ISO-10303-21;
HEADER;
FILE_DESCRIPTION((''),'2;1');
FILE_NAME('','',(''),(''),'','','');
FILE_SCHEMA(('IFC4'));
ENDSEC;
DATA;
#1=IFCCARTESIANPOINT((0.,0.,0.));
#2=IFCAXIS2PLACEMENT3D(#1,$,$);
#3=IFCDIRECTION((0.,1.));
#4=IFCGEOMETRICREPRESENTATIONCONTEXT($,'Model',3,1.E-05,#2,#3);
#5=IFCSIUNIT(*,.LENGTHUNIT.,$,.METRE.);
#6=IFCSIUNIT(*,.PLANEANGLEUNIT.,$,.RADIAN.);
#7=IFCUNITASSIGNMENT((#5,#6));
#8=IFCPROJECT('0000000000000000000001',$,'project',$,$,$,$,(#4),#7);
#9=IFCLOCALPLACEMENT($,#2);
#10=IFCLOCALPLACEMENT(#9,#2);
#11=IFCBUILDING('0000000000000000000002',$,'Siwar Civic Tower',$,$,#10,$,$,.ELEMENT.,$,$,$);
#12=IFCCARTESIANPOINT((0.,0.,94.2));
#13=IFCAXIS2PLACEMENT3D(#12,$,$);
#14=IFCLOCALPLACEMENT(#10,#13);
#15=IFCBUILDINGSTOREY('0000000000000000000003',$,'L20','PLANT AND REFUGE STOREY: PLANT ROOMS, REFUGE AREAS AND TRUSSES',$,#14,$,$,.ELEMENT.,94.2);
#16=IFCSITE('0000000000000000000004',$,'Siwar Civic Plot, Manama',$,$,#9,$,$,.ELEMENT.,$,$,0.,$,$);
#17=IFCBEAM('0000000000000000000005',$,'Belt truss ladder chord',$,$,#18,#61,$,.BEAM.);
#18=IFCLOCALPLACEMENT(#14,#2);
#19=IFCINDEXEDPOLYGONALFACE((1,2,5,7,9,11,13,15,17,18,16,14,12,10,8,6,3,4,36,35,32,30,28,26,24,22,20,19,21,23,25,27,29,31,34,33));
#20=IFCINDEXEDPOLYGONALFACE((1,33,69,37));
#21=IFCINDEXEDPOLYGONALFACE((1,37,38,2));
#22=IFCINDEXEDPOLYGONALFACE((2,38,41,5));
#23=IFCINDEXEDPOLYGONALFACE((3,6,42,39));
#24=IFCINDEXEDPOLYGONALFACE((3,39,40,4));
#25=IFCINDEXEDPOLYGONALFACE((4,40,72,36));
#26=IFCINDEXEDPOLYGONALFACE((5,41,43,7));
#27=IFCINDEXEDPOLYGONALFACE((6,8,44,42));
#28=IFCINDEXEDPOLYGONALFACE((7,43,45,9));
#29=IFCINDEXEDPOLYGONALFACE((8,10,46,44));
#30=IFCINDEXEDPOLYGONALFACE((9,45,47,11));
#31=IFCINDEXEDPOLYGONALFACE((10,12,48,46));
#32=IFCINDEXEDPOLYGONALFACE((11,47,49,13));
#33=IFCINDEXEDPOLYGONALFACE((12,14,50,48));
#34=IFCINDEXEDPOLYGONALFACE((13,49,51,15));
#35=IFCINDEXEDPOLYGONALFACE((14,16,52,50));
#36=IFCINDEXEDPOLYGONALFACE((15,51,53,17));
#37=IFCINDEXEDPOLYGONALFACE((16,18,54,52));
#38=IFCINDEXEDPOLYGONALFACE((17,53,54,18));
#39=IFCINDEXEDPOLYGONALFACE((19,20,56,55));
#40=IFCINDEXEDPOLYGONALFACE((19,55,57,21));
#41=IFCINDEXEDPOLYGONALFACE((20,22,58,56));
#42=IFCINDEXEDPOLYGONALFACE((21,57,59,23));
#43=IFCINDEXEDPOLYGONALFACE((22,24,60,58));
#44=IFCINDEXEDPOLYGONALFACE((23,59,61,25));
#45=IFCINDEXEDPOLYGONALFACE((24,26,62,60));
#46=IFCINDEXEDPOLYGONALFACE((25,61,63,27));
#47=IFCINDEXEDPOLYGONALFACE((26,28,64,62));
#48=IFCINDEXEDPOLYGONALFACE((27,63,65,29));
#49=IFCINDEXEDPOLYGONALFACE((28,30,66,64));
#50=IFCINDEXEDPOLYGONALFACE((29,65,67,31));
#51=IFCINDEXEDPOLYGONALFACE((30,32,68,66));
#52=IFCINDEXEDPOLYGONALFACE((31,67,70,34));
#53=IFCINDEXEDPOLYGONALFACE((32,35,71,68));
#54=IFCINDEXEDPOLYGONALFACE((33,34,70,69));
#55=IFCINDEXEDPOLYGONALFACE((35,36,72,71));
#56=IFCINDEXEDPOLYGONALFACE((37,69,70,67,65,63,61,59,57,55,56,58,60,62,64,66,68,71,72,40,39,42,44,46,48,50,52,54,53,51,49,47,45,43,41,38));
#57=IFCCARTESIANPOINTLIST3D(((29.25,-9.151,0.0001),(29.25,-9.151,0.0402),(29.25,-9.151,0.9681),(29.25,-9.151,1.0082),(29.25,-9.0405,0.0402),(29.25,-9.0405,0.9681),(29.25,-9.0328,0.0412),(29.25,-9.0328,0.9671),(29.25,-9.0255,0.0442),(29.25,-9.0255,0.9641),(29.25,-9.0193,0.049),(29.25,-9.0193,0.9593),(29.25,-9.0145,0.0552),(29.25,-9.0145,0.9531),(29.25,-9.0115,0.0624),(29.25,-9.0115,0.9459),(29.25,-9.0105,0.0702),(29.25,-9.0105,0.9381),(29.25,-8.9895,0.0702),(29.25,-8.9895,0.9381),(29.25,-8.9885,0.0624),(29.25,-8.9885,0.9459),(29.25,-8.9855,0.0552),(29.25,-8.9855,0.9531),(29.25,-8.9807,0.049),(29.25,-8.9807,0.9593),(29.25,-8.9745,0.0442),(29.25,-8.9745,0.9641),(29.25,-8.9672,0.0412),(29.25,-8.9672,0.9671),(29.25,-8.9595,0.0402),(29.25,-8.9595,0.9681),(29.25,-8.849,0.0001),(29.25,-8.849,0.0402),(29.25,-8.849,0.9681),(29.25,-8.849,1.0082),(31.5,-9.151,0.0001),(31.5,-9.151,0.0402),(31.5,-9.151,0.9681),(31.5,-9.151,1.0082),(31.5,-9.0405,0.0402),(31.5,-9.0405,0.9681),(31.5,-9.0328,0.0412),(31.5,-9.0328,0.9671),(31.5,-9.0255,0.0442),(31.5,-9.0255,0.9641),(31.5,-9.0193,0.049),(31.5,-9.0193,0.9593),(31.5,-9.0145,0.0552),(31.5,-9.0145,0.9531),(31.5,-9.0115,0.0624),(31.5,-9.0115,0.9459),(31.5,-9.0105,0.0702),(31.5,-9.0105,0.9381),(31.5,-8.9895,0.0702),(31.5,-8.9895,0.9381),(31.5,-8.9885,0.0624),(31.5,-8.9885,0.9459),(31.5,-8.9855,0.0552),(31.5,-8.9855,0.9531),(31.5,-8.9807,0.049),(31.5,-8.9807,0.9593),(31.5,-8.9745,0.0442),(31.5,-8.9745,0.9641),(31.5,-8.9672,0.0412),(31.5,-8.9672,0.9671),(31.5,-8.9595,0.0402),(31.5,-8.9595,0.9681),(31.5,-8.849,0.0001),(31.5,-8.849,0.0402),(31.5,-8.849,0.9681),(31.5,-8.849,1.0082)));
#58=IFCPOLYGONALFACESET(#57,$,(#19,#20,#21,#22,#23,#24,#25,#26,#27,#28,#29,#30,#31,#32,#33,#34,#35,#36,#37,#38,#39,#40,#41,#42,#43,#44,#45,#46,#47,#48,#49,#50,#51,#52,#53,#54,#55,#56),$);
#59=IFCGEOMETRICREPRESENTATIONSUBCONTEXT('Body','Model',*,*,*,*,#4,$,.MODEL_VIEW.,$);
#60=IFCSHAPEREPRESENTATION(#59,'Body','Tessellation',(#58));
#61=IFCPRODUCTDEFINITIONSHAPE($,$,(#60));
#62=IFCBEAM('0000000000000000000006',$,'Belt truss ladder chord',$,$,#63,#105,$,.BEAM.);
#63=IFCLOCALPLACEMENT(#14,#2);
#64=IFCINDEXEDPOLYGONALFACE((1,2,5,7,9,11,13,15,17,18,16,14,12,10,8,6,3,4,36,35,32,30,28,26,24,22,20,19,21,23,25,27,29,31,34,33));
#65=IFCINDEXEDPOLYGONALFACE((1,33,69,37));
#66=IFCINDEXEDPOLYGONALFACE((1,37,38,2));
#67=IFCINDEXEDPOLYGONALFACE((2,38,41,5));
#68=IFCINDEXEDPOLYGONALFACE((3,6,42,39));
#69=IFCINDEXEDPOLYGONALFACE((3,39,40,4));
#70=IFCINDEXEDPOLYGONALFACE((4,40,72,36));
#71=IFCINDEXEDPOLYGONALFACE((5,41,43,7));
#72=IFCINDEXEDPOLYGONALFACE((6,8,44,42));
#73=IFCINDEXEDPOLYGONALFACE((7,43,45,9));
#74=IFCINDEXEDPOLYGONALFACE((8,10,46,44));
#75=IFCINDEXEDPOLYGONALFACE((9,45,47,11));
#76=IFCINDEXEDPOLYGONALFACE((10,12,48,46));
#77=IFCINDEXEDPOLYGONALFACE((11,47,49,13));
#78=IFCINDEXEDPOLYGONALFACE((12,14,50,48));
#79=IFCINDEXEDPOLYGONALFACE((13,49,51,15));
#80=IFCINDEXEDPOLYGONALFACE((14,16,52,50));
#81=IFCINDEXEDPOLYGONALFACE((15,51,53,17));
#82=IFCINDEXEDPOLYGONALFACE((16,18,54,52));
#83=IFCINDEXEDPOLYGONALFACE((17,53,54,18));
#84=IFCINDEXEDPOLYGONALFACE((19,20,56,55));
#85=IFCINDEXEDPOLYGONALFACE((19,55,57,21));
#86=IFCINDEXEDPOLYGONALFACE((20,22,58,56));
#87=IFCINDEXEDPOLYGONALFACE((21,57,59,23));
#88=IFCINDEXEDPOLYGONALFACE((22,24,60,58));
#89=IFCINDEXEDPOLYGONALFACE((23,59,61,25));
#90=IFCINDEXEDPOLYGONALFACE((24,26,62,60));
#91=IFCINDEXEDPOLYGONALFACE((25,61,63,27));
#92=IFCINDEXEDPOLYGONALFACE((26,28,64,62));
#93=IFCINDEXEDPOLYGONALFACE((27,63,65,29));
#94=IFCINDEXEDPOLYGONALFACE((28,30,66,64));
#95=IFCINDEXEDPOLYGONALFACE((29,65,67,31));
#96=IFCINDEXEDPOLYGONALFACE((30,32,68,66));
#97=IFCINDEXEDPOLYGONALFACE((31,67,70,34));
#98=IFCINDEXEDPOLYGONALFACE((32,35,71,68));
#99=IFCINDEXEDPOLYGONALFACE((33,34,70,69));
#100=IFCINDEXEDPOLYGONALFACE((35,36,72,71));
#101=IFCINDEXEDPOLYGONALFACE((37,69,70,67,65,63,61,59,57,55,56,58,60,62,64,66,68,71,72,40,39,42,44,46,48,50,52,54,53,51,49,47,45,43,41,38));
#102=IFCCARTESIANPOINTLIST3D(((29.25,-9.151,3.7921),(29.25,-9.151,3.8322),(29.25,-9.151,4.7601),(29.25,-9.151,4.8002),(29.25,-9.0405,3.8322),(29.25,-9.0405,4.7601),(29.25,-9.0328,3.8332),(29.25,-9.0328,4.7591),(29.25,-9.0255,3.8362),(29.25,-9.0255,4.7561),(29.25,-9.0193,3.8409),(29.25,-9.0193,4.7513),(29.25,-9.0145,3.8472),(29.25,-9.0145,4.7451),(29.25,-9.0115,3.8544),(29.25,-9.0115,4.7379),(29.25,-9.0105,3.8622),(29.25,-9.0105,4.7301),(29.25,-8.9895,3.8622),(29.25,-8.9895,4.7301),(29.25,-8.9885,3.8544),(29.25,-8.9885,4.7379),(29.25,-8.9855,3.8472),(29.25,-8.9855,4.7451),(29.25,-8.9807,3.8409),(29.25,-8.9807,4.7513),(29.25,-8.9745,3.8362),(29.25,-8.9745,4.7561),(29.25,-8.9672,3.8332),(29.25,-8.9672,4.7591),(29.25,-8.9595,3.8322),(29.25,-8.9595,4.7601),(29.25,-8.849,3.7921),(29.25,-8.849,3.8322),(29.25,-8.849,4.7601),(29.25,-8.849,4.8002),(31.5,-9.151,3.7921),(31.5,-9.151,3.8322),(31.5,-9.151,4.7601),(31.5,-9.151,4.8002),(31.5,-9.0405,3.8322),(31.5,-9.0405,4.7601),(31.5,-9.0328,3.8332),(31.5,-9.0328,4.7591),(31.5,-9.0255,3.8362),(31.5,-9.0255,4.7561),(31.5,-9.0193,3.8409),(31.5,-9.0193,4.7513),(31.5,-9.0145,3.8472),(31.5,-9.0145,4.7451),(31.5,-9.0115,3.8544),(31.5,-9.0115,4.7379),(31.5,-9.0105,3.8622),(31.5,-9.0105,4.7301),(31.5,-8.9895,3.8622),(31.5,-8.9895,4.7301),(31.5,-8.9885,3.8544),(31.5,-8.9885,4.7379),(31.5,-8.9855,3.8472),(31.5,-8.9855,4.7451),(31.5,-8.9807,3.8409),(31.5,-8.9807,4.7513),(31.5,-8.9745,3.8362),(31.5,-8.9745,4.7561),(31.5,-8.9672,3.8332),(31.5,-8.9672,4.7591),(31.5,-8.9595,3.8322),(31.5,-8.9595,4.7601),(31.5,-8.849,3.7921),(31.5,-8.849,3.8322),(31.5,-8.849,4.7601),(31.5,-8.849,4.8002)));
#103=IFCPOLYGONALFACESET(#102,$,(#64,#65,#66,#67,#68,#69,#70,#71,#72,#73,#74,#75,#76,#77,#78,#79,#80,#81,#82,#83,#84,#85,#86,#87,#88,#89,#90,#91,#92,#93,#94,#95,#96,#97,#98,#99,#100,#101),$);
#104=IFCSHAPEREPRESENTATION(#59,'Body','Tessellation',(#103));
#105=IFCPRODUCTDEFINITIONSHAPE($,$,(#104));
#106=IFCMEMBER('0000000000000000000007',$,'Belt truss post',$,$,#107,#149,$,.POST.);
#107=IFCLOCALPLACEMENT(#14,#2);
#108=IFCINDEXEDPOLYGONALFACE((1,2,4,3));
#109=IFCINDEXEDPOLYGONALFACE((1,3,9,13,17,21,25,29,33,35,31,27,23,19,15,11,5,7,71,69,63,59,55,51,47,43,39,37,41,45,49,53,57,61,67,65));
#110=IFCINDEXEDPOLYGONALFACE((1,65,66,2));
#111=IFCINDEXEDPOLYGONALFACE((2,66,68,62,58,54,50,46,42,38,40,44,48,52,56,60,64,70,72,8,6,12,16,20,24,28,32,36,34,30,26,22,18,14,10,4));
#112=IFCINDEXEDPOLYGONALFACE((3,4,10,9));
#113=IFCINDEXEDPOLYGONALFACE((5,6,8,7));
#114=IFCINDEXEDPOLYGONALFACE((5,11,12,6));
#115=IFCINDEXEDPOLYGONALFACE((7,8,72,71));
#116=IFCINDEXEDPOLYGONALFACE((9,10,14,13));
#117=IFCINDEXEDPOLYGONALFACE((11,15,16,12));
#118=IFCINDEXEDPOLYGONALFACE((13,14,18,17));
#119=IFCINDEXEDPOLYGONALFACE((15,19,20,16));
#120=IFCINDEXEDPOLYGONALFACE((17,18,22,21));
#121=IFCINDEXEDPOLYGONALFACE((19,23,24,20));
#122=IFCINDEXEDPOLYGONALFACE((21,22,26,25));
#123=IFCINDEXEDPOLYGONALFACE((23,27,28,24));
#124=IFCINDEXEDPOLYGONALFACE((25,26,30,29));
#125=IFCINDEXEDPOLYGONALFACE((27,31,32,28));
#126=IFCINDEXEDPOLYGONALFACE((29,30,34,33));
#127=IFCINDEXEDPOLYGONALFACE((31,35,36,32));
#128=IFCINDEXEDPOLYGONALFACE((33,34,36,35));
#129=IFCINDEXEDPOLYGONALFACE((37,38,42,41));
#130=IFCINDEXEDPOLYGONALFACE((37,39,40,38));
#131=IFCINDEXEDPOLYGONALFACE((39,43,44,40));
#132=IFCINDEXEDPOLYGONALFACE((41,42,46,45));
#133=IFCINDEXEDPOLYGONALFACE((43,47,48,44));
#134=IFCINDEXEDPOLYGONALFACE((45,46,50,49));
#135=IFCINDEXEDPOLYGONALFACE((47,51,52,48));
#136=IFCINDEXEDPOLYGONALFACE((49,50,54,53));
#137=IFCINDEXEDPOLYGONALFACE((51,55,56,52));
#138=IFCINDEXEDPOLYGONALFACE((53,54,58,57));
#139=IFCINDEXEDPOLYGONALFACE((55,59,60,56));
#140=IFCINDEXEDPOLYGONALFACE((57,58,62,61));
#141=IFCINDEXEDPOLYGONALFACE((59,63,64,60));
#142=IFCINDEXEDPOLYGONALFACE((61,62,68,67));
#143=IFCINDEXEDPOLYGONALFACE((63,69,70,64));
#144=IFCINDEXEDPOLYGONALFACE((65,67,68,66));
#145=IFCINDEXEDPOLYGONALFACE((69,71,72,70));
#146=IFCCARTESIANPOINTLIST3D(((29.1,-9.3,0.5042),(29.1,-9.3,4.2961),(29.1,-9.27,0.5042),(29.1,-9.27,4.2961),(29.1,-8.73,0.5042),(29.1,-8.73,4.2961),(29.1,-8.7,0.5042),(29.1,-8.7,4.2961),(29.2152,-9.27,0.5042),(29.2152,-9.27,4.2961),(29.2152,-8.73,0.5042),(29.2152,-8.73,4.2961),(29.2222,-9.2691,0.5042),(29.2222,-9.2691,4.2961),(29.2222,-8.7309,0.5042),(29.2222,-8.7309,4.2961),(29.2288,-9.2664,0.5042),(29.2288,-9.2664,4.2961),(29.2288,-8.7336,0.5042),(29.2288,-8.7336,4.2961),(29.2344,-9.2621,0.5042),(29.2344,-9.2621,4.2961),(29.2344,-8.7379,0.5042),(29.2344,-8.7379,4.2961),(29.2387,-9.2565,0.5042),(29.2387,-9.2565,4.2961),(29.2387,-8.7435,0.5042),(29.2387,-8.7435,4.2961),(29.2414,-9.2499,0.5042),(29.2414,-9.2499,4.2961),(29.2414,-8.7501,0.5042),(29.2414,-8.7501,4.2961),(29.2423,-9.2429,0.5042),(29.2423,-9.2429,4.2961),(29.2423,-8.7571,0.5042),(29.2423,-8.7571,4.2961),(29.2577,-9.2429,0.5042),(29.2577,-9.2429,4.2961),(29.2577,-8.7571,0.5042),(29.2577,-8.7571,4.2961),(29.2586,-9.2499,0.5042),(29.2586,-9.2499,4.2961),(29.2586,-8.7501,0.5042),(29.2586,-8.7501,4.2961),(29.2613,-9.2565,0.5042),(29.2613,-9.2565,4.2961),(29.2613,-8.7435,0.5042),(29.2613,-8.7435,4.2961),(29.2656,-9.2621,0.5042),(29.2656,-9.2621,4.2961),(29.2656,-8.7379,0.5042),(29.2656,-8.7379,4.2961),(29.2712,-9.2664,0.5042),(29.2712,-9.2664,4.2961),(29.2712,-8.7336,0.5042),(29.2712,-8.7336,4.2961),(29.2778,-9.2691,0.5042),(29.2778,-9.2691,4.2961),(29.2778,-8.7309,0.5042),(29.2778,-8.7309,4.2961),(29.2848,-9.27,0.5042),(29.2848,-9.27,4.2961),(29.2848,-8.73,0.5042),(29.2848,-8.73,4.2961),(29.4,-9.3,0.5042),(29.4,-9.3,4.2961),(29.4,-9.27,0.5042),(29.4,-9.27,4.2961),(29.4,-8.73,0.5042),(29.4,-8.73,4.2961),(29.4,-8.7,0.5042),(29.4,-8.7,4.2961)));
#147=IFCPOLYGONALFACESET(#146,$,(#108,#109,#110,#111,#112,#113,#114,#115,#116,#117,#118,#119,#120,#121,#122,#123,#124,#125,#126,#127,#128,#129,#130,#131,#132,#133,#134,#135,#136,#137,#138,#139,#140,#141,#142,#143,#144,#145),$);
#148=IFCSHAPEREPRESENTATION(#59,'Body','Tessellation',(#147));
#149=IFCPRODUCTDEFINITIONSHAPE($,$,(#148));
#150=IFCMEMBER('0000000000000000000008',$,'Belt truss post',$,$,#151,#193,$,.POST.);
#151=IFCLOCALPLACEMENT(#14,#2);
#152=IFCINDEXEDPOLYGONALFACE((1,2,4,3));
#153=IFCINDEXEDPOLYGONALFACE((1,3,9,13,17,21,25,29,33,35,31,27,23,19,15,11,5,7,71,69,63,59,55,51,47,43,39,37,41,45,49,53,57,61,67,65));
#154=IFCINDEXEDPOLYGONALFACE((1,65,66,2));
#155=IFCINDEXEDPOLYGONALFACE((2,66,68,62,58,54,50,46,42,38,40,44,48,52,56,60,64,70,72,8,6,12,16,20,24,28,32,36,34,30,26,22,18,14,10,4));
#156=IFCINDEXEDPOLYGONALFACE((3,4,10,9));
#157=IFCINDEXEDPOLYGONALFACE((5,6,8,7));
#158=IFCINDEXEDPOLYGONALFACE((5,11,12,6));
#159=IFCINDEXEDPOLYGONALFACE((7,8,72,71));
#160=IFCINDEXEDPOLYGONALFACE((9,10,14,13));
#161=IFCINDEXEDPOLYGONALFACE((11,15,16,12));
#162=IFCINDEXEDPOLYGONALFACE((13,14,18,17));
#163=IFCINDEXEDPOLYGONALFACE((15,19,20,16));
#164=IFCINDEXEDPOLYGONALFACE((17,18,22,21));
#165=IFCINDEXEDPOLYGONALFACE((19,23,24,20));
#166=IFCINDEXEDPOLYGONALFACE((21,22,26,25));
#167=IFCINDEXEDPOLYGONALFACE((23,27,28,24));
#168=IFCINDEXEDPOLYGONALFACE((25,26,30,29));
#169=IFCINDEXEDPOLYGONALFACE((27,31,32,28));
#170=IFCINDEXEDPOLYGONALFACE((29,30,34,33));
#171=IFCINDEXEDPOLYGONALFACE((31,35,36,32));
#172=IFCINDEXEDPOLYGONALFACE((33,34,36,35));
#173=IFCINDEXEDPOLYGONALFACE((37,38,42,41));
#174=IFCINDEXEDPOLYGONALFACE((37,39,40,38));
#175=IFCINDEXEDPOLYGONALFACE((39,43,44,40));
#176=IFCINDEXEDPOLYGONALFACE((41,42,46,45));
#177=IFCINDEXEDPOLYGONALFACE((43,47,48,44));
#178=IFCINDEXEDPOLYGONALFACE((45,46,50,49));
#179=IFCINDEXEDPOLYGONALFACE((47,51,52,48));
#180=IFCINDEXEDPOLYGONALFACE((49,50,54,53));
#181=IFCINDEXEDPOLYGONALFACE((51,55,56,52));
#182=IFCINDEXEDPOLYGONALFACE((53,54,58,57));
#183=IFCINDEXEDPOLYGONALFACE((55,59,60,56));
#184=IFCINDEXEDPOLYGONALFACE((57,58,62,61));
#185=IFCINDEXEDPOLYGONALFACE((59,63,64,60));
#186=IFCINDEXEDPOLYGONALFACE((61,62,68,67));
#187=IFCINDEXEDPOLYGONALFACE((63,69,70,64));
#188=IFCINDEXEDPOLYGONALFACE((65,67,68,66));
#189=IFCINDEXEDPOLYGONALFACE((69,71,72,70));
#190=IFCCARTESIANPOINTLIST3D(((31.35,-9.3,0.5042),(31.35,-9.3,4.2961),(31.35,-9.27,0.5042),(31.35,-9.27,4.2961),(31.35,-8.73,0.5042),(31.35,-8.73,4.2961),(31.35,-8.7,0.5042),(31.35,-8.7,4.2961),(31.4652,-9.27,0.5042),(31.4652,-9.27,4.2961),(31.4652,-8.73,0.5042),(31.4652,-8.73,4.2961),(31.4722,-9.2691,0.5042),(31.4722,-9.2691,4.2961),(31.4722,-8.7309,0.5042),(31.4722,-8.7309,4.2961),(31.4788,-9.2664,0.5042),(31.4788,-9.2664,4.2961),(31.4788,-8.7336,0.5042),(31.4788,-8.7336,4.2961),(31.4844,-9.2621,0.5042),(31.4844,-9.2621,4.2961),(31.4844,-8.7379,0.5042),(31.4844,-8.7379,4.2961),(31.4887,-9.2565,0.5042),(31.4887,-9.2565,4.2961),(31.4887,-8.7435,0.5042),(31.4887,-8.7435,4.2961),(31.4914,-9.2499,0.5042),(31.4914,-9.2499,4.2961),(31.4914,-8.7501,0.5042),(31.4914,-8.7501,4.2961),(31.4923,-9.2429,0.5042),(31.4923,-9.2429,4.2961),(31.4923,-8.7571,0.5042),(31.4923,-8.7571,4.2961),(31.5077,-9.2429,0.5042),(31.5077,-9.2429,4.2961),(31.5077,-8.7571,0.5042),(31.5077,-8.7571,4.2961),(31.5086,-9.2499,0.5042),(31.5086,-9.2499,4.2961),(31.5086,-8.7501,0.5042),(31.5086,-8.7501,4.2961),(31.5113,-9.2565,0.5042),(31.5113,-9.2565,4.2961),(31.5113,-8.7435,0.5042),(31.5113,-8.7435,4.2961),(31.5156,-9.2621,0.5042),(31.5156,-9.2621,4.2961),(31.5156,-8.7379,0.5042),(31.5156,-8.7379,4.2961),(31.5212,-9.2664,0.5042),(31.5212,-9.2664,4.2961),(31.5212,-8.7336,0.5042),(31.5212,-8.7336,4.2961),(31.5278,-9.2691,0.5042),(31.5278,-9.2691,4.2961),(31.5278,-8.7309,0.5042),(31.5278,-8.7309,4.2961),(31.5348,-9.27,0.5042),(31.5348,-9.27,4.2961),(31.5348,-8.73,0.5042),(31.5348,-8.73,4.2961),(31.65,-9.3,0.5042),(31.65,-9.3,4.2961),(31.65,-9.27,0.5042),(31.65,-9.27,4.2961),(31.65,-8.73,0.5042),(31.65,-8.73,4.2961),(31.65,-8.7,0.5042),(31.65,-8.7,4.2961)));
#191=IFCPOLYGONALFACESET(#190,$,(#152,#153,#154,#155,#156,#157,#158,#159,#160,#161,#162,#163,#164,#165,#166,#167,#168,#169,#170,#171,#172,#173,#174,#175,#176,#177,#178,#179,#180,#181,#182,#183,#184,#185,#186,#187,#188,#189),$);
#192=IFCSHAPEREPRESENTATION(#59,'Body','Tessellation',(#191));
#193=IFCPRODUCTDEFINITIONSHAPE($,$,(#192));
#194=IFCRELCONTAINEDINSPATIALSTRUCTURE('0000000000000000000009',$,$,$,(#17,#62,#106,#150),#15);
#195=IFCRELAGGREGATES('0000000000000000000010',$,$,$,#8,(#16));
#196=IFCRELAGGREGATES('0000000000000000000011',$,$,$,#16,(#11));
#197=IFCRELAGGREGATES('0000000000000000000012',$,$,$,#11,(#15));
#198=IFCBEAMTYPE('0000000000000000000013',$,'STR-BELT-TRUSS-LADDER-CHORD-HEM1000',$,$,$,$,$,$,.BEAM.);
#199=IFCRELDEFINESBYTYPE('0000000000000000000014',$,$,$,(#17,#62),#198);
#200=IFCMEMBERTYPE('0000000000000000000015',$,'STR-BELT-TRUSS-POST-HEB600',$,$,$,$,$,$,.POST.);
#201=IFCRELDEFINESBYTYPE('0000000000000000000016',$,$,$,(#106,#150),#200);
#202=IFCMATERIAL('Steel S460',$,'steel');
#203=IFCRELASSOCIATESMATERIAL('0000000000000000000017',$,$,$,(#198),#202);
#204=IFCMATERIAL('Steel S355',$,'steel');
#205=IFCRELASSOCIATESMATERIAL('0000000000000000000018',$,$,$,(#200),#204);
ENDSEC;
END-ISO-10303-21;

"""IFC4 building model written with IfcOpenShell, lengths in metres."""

from ifc_helpers import new_model, si_unit, direction, frame, origin, origin_2d, place, context, subcontext, project, spatial, i_section, extrude, material, material_profile, profile_set, type_object, element, save


model = new_model("IFC4")

# Units and contexts
model_context = context("Model", 3, precision=1e-05, world=origin(), true_north=direction((0.0, 1.0)))
body_context = subcontext(model_context, "Body", "Model", "MODEL_VIEW")
ifc_project = project(units=[si_unit("LENGTHUNIT", "METRE"), si_unit("PLANEANGLEUNIT", "RADIAN")], contexts=[model_context])

# Site, building, storey
site_placement = place(None, origin())
site = spatial("IfcSite", under=ifc_project, at=site_placement, Name="Siwar Civic Plot, Manama", CompositionType="ELEMENT", RefElevation=0.0)
building_placement = place(site_placement, origin())
building = spatial("IfcBuilding", under=site, at=building_placement, Name="Siwar Civic Tower", CompositionType="ELEMENT")
storey_placement = place(building_placement, frame((0.0, 0.0, 94.2)))
storey = spatial("IfcBuildingStorey", under=building, at=storey_placement, Name="L20", Description="PLANT AND REFUGE STOREY: PLANT ROOMS, REFUGE AREAS AND TRUSSES", CompositionType="ELEMENT", Elevation=94.2)

# Beams
ifc_material_1 = material(Name="Steel S460", Category="steel")
ifc_material_profile_1 = material_profile(ifc_material_1, i_section(OverallWidth=0.302, OverallDepth=1.0081, WebThickness=0.021, FlangeThickness=0.04, FilletRadius=0.03, at=origin_2d()), Name="HEM1000")
ifc_profile_set_1 = profile_set([ifc_material_profile_1], Name="Steel S460")
beam_type_1 = type_object("IfcBeamType", Name="STR-BELT-TRUSS-LADDER-CHORD-HEM1000", PredefinedType="BEAM", material=ifc_profile_set_1)
for number, where, z_axis, x_axis, name in (
    (1, (29.25, -9.0, 0.5042), (1.0, 0.0, 0.0), (0.0, 1.0, 0.0), "Belt truss ladder chord"),
    (2, (29.25, -9.0, 4.2961), (1.0, 0.0, 0.0), (0.0, 1.0, 0.0), "Belt truss ladder chord"),
):
    element("IfcBeam", number, at=place(storey_placement, frame(where, z_axis=z_axis, x_axis=x_axis)), inside=storey, type_object=beam_type_1, Name=name, PredefinedType="BEAM", context=body_context, shape_type="SweptSolid", body=[
        extrude(i_section(OverallWidth=0.302, OverallDepth=1.0081, WebThickness=0.021, FlangeThickness=0.04, FilletRadius=0.03, at=origin_2d()), origin(), (0.0, 0.0, 1.0), 2.25),
    ])

# Members
ifc_material_2 = material(Name="Steel S355", Category="steel")
ifc_material_profile_2 = material_profile(ifc_material_2, i_section(OverallWidth=0.3, OverallDepth=0.6001, WebThickness=0.0154, FlangeThickness=0.03, FilletRadius=0.0271, at=origin_2d()), Name="HEB600")
ifc_profile_set_2 = profile_set([ifc_material_profile_2], Name="Steel S355")
member_type_1 = type_object("IfcMemberType", Name="STR-BELT-TRUSS-POST-HEB600", PredefinedType="POST", material=ifc_profile_set_2)
for number, where, z_axis, x_axis, name in (
    (3, (29.25, -9.0, 0.5042), (0.0, 0.0, 1.0), (1.0, 0.0, 0.0), "Belt truss post"),
    (4, (31.5, -9.0, 0.5042), (0.0, 0.0, 1.0), (1.0, 0.0, 0.0), "Belt truss post"),
):
    element("IfcMember", number, at=place(storey_placement, frame(where, z_axis=z_axis, x_axis=x_axis)), inside=storey, type_object=member_type_1, Name=name, PredefinedType="POST", context=body_context, shape_type="SweptSolid", body=[
        extrude(i_section(OverallWidth=0.3, OverallDepth=0.6001, WebThickness=0.0154, FlangeThickness=0.03, FilletRadius=0.0271, at=origin_2d()), origin(), (0.0, 0.0, 1.0), 3.792),
    ])

save(model, "model.ifc")
